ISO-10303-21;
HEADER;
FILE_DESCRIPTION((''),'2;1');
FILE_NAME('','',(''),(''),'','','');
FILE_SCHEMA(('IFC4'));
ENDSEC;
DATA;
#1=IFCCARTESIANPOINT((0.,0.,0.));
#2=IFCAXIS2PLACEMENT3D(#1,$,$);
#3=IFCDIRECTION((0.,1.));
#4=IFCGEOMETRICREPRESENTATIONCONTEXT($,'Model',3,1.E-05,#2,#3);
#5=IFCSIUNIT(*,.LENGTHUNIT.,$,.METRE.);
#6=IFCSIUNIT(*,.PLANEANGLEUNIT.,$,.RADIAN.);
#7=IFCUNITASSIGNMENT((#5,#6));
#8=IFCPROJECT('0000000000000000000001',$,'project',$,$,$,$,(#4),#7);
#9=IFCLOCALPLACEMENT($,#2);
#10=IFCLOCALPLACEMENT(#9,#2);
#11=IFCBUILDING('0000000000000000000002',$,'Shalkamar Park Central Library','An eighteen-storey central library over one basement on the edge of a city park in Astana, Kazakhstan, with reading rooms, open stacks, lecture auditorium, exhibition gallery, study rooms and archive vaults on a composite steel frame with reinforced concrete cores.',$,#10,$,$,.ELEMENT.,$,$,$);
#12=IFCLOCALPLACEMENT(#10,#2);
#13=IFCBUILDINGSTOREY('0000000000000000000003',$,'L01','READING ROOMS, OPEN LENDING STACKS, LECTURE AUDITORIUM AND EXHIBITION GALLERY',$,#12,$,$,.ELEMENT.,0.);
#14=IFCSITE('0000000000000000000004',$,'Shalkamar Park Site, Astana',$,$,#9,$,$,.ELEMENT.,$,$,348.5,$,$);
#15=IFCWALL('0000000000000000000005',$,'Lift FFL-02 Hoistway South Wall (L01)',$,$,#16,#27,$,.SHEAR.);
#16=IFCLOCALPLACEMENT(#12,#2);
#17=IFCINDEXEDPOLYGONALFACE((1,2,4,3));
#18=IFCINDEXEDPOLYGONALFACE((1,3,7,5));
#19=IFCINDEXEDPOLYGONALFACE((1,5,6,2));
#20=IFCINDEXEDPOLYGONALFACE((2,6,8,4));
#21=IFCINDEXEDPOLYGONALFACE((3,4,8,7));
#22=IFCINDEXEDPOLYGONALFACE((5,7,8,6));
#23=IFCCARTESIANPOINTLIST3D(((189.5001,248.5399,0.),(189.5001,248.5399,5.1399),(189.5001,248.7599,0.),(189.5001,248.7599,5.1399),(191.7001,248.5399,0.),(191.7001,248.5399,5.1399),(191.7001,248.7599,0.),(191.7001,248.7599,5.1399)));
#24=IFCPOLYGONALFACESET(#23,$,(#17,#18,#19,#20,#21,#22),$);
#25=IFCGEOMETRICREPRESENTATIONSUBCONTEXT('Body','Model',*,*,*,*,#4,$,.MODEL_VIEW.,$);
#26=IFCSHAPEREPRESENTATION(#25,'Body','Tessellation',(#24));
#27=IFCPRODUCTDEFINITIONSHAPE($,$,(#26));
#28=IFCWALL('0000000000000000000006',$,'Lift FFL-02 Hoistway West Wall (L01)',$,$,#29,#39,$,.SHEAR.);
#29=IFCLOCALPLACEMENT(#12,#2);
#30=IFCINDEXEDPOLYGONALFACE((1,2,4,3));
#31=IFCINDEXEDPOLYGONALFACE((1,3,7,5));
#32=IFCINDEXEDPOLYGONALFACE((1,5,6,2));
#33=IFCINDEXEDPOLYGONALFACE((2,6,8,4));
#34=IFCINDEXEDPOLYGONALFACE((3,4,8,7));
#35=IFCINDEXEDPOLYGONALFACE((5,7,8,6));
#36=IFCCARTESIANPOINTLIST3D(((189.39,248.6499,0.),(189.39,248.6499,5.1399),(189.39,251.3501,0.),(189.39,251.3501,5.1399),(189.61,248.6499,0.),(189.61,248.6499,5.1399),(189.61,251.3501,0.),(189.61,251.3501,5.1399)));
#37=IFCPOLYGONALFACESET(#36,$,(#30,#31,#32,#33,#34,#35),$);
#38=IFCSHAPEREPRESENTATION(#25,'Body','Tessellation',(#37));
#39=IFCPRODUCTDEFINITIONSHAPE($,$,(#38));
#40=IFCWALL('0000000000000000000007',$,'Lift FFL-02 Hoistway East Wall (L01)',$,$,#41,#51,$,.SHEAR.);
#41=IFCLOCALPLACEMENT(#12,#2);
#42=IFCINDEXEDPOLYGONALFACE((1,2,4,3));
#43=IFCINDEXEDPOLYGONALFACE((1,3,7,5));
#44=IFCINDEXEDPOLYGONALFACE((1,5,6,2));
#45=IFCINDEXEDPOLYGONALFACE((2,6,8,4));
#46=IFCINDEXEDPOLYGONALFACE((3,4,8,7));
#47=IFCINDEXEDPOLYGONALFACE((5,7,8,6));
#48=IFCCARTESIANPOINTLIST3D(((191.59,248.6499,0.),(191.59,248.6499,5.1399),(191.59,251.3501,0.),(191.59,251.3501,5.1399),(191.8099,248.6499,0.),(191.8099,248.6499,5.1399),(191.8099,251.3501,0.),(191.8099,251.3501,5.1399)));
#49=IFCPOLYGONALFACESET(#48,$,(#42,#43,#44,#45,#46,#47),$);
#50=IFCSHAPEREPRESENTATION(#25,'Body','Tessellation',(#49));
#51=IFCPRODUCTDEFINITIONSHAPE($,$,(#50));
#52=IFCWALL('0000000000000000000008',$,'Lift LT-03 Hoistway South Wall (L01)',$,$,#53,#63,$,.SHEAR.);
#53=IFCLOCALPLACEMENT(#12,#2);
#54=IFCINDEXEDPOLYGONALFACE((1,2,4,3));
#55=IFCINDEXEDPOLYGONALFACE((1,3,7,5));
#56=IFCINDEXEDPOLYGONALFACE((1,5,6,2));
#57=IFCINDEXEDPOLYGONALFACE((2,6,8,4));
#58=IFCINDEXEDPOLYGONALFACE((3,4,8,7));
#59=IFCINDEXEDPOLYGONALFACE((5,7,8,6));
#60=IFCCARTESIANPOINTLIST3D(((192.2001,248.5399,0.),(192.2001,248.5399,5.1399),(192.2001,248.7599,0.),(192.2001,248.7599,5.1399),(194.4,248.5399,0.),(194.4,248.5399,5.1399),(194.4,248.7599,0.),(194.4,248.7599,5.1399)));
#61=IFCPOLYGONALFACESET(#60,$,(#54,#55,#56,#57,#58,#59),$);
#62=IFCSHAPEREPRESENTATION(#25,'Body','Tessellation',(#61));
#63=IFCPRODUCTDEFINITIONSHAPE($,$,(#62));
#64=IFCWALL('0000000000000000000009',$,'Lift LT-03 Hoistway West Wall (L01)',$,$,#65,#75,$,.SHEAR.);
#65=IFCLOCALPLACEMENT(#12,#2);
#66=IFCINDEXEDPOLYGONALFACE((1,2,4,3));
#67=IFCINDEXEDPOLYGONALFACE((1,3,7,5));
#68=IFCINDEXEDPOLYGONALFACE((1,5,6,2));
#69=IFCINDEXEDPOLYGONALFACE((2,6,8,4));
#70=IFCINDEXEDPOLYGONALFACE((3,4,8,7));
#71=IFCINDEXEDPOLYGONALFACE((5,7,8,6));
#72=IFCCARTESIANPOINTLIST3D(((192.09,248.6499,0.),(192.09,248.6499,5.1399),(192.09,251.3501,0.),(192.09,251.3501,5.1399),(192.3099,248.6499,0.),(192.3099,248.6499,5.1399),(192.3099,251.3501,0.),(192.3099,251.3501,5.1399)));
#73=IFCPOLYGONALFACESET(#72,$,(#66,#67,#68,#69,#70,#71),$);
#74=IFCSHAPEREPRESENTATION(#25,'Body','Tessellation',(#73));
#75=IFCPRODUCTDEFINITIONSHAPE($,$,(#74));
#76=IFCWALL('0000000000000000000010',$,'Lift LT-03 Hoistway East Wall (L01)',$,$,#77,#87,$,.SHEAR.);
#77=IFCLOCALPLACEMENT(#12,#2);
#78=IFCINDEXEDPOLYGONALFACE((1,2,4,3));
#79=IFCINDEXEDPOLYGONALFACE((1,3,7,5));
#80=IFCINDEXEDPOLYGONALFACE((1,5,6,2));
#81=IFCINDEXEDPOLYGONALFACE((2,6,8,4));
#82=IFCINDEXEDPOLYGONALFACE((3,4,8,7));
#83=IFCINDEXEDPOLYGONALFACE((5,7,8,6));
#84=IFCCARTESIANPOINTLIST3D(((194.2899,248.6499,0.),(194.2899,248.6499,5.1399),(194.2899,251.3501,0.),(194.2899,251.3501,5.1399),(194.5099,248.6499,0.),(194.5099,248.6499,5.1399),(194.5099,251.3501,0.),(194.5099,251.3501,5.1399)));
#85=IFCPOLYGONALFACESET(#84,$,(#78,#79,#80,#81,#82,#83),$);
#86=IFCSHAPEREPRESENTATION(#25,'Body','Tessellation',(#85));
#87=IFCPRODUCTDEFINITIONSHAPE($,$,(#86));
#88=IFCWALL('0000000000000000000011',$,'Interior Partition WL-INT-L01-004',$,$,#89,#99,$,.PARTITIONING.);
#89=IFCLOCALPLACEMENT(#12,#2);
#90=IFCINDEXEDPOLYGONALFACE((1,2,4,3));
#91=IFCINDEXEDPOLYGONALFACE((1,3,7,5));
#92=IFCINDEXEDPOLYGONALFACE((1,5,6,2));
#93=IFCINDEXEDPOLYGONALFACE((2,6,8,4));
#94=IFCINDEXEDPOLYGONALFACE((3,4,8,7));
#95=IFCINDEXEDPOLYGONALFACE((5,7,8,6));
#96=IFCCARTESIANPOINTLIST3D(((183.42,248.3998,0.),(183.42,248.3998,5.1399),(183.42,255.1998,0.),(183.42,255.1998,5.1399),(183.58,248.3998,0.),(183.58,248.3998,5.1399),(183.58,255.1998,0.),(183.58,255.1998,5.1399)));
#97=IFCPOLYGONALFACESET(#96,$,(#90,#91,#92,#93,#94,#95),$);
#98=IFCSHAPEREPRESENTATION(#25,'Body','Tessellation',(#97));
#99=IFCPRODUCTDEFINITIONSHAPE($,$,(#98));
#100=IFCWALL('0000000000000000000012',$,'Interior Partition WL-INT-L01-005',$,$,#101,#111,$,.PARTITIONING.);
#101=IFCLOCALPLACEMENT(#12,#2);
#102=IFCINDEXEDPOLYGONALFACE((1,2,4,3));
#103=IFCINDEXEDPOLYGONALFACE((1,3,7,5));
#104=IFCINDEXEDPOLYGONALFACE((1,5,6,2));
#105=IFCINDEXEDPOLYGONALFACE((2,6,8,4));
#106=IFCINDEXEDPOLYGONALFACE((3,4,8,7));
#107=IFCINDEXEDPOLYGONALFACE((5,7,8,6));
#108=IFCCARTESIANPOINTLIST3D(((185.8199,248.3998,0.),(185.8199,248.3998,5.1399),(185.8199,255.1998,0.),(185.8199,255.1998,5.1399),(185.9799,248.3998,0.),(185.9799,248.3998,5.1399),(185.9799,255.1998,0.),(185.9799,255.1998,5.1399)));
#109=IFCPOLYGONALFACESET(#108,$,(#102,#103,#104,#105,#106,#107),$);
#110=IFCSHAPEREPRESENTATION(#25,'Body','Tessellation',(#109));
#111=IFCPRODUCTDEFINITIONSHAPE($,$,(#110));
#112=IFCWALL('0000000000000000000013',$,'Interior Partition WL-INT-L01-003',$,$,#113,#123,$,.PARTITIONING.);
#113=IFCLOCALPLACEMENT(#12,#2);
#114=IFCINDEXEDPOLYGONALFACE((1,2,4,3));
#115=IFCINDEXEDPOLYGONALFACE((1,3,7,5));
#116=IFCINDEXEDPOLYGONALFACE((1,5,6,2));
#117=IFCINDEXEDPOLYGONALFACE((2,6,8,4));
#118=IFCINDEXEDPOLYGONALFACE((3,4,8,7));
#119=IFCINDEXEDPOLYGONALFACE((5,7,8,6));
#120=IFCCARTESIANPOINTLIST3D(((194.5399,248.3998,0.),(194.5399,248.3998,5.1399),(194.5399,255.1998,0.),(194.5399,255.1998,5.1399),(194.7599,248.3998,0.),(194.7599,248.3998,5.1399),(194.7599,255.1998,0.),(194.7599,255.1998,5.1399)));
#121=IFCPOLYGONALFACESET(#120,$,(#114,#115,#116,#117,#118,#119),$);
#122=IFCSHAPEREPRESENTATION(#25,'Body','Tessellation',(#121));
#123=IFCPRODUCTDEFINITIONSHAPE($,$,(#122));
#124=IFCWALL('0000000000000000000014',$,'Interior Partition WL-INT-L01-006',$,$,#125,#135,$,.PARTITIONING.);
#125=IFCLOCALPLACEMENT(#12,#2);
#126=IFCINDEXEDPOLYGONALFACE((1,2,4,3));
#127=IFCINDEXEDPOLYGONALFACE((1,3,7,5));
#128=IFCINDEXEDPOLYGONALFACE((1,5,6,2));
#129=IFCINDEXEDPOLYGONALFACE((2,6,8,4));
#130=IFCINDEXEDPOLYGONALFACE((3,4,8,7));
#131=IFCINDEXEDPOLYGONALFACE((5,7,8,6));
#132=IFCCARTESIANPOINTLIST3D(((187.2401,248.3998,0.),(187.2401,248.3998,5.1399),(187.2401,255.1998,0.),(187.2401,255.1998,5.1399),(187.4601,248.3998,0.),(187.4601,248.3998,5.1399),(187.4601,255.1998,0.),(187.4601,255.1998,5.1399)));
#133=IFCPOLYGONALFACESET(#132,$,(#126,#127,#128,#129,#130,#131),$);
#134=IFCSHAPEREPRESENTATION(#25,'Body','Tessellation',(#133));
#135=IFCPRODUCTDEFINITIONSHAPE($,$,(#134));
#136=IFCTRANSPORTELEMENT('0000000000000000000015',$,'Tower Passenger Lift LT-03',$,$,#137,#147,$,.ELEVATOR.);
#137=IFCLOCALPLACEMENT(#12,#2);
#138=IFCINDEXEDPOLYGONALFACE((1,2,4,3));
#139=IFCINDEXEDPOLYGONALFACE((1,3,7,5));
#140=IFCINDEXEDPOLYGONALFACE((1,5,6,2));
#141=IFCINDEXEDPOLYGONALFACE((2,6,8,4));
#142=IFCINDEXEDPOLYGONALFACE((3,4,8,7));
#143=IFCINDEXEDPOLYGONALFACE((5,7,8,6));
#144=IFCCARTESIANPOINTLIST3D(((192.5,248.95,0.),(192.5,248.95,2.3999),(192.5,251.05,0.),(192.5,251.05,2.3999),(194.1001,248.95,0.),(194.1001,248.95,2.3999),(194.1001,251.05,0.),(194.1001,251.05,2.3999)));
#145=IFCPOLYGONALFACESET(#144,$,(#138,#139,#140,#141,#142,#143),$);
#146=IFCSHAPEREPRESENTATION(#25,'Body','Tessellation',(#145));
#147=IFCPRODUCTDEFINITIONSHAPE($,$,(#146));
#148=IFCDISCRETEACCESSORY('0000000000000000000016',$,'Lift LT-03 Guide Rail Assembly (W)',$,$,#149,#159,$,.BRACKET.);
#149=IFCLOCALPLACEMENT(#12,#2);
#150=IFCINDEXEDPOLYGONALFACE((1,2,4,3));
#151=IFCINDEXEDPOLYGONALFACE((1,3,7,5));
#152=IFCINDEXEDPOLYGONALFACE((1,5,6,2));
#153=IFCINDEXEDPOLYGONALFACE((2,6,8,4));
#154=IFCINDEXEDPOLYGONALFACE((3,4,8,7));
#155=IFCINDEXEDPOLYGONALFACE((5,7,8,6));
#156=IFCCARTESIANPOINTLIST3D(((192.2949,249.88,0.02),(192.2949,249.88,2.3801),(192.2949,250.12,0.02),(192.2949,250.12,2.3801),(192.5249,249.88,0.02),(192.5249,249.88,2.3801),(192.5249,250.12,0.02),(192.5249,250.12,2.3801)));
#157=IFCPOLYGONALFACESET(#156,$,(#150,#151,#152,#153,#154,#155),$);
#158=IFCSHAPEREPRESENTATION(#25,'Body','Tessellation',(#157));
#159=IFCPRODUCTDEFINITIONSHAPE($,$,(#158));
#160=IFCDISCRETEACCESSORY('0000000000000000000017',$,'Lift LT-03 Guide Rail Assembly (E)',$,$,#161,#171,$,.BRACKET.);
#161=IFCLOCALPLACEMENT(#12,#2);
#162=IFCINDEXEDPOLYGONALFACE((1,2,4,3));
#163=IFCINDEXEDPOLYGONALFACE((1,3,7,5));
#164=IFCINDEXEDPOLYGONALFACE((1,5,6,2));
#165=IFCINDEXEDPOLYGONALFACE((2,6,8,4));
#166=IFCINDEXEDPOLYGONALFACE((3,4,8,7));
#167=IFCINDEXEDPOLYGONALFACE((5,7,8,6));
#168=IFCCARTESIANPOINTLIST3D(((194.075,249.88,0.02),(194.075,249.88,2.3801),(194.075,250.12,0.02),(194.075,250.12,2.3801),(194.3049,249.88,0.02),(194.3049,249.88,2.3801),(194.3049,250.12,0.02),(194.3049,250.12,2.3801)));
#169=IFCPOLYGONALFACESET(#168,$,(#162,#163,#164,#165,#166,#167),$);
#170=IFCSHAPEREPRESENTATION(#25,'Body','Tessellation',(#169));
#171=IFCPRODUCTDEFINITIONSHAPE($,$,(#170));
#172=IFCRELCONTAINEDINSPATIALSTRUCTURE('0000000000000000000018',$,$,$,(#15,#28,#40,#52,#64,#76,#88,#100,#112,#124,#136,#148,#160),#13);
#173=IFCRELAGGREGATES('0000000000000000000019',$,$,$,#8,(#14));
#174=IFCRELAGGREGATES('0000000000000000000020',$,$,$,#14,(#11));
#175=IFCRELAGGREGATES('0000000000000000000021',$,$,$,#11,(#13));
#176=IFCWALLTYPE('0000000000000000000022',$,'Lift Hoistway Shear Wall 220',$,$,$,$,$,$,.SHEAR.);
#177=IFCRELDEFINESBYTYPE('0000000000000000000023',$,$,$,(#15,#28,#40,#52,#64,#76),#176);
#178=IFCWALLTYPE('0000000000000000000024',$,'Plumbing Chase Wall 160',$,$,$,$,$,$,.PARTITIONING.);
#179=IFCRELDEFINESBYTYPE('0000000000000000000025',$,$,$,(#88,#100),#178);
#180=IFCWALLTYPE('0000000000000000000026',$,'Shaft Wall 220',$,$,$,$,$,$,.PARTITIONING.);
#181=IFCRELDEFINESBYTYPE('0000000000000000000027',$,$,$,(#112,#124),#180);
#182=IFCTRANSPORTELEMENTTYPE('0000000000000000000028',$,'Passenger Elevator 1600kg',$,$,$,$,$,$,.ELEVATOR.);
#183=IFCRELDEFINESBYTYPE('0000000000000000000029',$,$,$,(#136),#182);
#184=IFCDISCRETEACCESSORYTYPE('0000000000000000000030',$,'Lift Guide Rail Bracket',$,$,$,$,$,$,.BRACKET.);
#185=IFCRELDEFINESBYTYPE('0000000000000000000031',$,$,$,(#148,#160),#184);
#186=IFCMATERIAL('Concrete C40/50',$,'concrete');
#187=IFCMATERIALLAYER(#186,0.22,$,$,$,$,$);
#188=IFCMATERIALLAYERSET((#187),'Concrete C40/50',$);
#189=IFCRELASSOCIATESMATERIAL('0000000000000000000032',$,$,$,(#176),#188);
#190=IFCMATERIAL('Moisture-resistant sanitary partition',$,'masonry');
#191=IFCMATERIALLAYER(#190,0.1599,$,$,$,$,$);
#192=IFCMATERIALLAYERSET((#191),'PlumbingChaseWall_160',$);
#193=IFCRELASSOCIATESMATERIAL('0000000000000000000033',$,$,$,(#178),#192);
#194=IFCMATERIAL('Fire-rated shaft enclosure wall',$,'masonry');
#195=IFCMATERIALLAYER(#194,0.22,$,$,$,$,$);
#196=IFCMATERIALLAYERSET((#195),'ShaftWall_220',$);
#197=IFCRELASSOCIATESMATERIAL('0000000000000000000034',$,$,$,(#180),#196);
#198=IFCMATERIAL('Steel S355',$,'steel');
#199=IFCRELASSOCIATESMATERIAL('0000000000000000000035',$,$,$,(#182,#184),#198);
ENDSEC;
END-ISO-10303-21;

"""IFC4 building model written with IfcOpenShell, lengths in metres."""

from ifc_helpers import new_model, si_unit, direction, frame, frame_2d, origin, origin_2d, place, context, subcontext, project, spatial, rectangle, extrude, material, layer, layer_set, type_object, element, save


model = new_model("IFC4")

# Units and contexts
model_context = context("Model", 3, precision=1e-05, world=origin(), true_north=direction((0.0, 1.0)))
body_context = subcontext(model_context, "Body", "Model", "MODEL_VIEW")
ifc_project = project(units=[si_unit("LENGTHUNIT", "METRE"), si_unit("PLANEANGLEUNIT", "RADIAN")], contexts=[model_context])

# Site, building, storey
site_placement = place(None, origin())
site = spatial("IfcSite", under=ifc_project, at=site_placement, Name="Shalkamar Park Site, Astana", CompositionType="ELEMENT", RefElevation=348.5)
building_placement = place(site_placement, origin())
building = spatial("IfcBuilding", under=site, at=building_placement, Name="Shalkamar Park Central Library", Description="An eighteen-storey central library over one basement on the edge of a city park in Astana, Kazakhstan, with reading rooms, open stacks, lecture auditorium, exhibition gallery, study rooms and archive vaults on a composite steel frame with reinforced concrete cores.", CompositionType="ELEMENT")
storey_placement = place(building_placement, origin())
storey = spatial("IfcBuildingStorey", under=building, at=storey_placement, Name="L01", Description="READING ROOMS, OPEN LENDING STACKS, LECTURE AUDITORIUM AND EXHIBITION GALLERY", CompositionType="ELEMENT", Elevation=0.0)

# Shared definitions
ifc_material_1 = material(Name="Steel S355", Category="steel")

# Walls
ifc_material_2 = material(Name="Concrete C40/50", Category="concrete")
ifc_layer_1 = layer(ifc_material_2, 0.22)
ifc_layer_set_1 = layer_set([ifc_layer_1], Name="Concrete C40/50")
wall_type_1 = type_object("IfcWallType", Name="Lift Hoistway Shear Wall 220", PredefinedType="SHEAR", material=ifc_layer_set_1)
wall_1_placement = place(storey_placement, frame((189.5, 248.6499, 0.0), z_axis=(0.0, 0.0, 1.0), x_axis=(1.0, 0.0, 0.0)))
element("IfcWall", 1, at=wall_1_placement, inside=storey, type_object=wall_type_1, Name="Lift FFL-02 Hoistway South Wall (L01)", PredefinedType="SHEAR", context=body_context, shape_type="SweptSolid", body=[
    extrude(rectangle(XDim=2.2, YDim=0.22, at=frame_2d((1.1001, 0.0))), origin(), (0.0, 0.0, 1.0), 5.1399),
])
for number, where, z_axis, x_axis, name in (
    (2, (189.5, 248.6499, 0.0), (0.0, 0.0, 1.0), (0.0, 1.0, 0.0), "Lift FFL-02 Hoistway West Wall (L01)"),
    (3, (191.7, 248.6499, 0.0), (0.0, 0.0, 1.0), (0.0, 1.0, 0.0), "Lift FFL-02 Hoistway East Wall (L01)"),
):
    element("IfcWall", number, at=place(storey_placement, frame(where, z_axis=z_axis, x_axis=x_axis)), inside=storey, type_object=wall_type_1, Name=name, PredefinedType="SHEAR", context=body_context, shape_type="SweptSolid", body=[
        extrude(rectangle(XDim=2.7002, YDim=0.22, at=frame_2d((1.3501, 0.0))), origin(), (0.0, 0.0, 1.0), 5.1399),
    ])

# Walls
wall_2_placement = place(storey_placement, frame((192.2, 248.6499, 0.0), z_axis=(0.0, 0.0, 1.0), x_axis=(1.0, 0.0, 0.0)))
element("IfcWall", 4, at=wall_2_placement, inside=storey, type_object=wall_type_1, Name="Lift LT-03 Hoistway South Wall (L01)", PredefinedType="SHEAR", context=body_context, shape_type="SweptSolid", body=[
    extrude(rectangle(XDim=2.2, YDim=0.22, at=frame_2d((1.1001, 0.0))), origin(), (0.0, 0.0, 1.0), 5.1399),
])
for number, where, z_axis, x_axis, name in (
    (5, (192.2, 248.6499, 0.0), (0.0, 0.0, 1.0), (0.0, 1.0, 0.0), "Lift LT-03 Hoistway West Wall (L01)"),
    (6, (194.3999, 248.6499, 0.0), (0.0, 0.0, 1.0), (0.0, 1.0, 0.0), "Lift LT-03 Hoistway East Wall (L01)"),
):
    element("IfcWall", number, at=place(storey_placement, frame(where, z_axis=z_axis, x_axis=x_axis)), inside=storey, type_object=wall_type_1, Name=name, PredefinedType="SHEAR", context=body_context, shape_type="SweptSolid", body=[
        extrude(rectangle(XDim=2.7002, YDim=0.22, at=frame_2d((1.3501, 0.0))), origin(), (0.0, 0.0, 1.0), 5.1399),
    ])

# Walls
ifc_material_3 = material(Name="Moisture-resistant sanitary partition", Category="masonry")
ifc_layer_2 = layer(ifc_material_3, 0.1599)
ifc_layer_set_2 = layer_set([ifc_layer_2], Name="PlumbingChaseWall_160")
wall_type_2 = type_object("IfcWallType", Name="Plumbing Chase Wall 160", PredefinedType="PARTITIONING", material=ifc_layer_set_2)
for number, where, z_axis, x_axis, name in (
    (7, (183.5, 248.3999, 0.0), (0.0, 0.0, 1.0), (0.0, 1.0, 0.0), "Interior Partition WL-INT-L01-004"),
    (8, (185.8999, 248.3999, 0.0), (0.0, 0.0, 1.0), (0.0, 1.0, 0.0), "Interior Partition WL-INT-L01-005"),
):
    element("IfcWall", number, at=place(storey_placement, frame(where, z_axis=z_axis, x_axis=x_axis)), inside=storey, type_object=wall_type_2, Name=name, PredefinedType="PARTITIONING", context=body_context, shape_type="SweptSolid", body=[
        extrude(rectangle(XDim=6.8, YDim=0.1599, at=frame_2d((3.3999, 0.0))), origin(), (0.0, 0.0, 1.0), 5.1399),
    ])
ifc_material_4 = material(Name="Fire-rated shaft enclosure wall", Category="masonry")
ifc_layer_3 = layer(ifc_material_4, 0.22)
ifc_layer_set_3 = layer_set([ifc_layer_3], Name="ShaftWall_220")
wall_type_3 = type_object("IfcWallType", Name="Shaft Wall 220", PredefinedType="PARTITIONING", material=ifc_layer_set_3)
for number, where, z_axis, x_axis, name in (
    (9, (194.6499, 248.3999, 0.0), (0.0, 0.0, 1.0), (0.0, 1.0, 0.0), "Interior Partition WL-INT-L01-003"),
    (10, (187.3501, 248.3999, 0.0), (0.0, 0.0, 1.0), (0.0, 1.0, 0.0), "Interior Partition WL-INT-L01-006"),
):
    element("IfcWall", number, at=place(storey_placement, frame(where, z_axis=z_axis, x_axis=x_axis)), inside=storey, type_object=wall_type_3, Name=name, PredefinedType="PARTITIONING", context=body_context, shape_type="SweptSolid", body=[
        extrude(rectangle(XDim=6.8, YDim=0.22, at=frame_2d((3.3999, 0.0))), origin(), (0.0, 0.0, 1.0), 5.1399),
    ])

# Transport element
transport_element_type = type_object("IfcTransportElementType", Name="Passenger Elevator 1600kg", PredefinedType="ELEVATOR", material=ifc_material_1)
transport_element_placement = place(storey_placement, frame((193.3, 250.0, 0.0), z_axis=(0.0, 0.0, 1.0), x_axis=(1.0, 0.0, 0.0)))
element("IfcTransportElement", 11, at=transport_element_placement, inside=storey, type_object=transport_element_type, Name="Tower Passenger Lift LT-03", PredefinedType="ELEVATOR", context=body_context, shape_type="SweptSolid", body=[
    extrude(rectangle(XDim=1.6001, YDim=2.1001, at=origin_2d()), origin(), (0.0, 0.0, 1.0), 2.3999),
])

# Discrete accessories
discrete_accessory_type = type_object("IfcDiscreteAccessoryType", Name="Lift Guide Rail Bracket", PredefinedType="BRACKET", material=ifc_material_1)
for number, where, z_axis, x_axis, name in (
    (12, (192.4099, 250.0, 0.02), (0.0, 0.0, 1.0), (1.0, 0.0, 0.0), "Lift LT-03 Guide Rail Assembly (W)"),
    (13, (194.1899, 250.0, 0.02), (0.0, 0.0, 1.0), (1.0, 0.0, 0.0), "Lift LT-03 Guide Rail Assembly (E)"),
):
    element("IfcDiscreteAccessory", number, at=place(storey_placement, frame(where, z_axis=z_axis, x_axis=x_axis)), inside=storey, type_object=discrete_accessory_type, Name=name, PredefinedType="BRACKET", context=body_context, shape_type="SweptSolid", body=[
        extrude(rectangle(XDim=0.23, YDim=0.24, at=origin_2d()), origin(), (0.0, 0.0, 1.0), 2.3601),
    ])

save(model, "model.ifc")
